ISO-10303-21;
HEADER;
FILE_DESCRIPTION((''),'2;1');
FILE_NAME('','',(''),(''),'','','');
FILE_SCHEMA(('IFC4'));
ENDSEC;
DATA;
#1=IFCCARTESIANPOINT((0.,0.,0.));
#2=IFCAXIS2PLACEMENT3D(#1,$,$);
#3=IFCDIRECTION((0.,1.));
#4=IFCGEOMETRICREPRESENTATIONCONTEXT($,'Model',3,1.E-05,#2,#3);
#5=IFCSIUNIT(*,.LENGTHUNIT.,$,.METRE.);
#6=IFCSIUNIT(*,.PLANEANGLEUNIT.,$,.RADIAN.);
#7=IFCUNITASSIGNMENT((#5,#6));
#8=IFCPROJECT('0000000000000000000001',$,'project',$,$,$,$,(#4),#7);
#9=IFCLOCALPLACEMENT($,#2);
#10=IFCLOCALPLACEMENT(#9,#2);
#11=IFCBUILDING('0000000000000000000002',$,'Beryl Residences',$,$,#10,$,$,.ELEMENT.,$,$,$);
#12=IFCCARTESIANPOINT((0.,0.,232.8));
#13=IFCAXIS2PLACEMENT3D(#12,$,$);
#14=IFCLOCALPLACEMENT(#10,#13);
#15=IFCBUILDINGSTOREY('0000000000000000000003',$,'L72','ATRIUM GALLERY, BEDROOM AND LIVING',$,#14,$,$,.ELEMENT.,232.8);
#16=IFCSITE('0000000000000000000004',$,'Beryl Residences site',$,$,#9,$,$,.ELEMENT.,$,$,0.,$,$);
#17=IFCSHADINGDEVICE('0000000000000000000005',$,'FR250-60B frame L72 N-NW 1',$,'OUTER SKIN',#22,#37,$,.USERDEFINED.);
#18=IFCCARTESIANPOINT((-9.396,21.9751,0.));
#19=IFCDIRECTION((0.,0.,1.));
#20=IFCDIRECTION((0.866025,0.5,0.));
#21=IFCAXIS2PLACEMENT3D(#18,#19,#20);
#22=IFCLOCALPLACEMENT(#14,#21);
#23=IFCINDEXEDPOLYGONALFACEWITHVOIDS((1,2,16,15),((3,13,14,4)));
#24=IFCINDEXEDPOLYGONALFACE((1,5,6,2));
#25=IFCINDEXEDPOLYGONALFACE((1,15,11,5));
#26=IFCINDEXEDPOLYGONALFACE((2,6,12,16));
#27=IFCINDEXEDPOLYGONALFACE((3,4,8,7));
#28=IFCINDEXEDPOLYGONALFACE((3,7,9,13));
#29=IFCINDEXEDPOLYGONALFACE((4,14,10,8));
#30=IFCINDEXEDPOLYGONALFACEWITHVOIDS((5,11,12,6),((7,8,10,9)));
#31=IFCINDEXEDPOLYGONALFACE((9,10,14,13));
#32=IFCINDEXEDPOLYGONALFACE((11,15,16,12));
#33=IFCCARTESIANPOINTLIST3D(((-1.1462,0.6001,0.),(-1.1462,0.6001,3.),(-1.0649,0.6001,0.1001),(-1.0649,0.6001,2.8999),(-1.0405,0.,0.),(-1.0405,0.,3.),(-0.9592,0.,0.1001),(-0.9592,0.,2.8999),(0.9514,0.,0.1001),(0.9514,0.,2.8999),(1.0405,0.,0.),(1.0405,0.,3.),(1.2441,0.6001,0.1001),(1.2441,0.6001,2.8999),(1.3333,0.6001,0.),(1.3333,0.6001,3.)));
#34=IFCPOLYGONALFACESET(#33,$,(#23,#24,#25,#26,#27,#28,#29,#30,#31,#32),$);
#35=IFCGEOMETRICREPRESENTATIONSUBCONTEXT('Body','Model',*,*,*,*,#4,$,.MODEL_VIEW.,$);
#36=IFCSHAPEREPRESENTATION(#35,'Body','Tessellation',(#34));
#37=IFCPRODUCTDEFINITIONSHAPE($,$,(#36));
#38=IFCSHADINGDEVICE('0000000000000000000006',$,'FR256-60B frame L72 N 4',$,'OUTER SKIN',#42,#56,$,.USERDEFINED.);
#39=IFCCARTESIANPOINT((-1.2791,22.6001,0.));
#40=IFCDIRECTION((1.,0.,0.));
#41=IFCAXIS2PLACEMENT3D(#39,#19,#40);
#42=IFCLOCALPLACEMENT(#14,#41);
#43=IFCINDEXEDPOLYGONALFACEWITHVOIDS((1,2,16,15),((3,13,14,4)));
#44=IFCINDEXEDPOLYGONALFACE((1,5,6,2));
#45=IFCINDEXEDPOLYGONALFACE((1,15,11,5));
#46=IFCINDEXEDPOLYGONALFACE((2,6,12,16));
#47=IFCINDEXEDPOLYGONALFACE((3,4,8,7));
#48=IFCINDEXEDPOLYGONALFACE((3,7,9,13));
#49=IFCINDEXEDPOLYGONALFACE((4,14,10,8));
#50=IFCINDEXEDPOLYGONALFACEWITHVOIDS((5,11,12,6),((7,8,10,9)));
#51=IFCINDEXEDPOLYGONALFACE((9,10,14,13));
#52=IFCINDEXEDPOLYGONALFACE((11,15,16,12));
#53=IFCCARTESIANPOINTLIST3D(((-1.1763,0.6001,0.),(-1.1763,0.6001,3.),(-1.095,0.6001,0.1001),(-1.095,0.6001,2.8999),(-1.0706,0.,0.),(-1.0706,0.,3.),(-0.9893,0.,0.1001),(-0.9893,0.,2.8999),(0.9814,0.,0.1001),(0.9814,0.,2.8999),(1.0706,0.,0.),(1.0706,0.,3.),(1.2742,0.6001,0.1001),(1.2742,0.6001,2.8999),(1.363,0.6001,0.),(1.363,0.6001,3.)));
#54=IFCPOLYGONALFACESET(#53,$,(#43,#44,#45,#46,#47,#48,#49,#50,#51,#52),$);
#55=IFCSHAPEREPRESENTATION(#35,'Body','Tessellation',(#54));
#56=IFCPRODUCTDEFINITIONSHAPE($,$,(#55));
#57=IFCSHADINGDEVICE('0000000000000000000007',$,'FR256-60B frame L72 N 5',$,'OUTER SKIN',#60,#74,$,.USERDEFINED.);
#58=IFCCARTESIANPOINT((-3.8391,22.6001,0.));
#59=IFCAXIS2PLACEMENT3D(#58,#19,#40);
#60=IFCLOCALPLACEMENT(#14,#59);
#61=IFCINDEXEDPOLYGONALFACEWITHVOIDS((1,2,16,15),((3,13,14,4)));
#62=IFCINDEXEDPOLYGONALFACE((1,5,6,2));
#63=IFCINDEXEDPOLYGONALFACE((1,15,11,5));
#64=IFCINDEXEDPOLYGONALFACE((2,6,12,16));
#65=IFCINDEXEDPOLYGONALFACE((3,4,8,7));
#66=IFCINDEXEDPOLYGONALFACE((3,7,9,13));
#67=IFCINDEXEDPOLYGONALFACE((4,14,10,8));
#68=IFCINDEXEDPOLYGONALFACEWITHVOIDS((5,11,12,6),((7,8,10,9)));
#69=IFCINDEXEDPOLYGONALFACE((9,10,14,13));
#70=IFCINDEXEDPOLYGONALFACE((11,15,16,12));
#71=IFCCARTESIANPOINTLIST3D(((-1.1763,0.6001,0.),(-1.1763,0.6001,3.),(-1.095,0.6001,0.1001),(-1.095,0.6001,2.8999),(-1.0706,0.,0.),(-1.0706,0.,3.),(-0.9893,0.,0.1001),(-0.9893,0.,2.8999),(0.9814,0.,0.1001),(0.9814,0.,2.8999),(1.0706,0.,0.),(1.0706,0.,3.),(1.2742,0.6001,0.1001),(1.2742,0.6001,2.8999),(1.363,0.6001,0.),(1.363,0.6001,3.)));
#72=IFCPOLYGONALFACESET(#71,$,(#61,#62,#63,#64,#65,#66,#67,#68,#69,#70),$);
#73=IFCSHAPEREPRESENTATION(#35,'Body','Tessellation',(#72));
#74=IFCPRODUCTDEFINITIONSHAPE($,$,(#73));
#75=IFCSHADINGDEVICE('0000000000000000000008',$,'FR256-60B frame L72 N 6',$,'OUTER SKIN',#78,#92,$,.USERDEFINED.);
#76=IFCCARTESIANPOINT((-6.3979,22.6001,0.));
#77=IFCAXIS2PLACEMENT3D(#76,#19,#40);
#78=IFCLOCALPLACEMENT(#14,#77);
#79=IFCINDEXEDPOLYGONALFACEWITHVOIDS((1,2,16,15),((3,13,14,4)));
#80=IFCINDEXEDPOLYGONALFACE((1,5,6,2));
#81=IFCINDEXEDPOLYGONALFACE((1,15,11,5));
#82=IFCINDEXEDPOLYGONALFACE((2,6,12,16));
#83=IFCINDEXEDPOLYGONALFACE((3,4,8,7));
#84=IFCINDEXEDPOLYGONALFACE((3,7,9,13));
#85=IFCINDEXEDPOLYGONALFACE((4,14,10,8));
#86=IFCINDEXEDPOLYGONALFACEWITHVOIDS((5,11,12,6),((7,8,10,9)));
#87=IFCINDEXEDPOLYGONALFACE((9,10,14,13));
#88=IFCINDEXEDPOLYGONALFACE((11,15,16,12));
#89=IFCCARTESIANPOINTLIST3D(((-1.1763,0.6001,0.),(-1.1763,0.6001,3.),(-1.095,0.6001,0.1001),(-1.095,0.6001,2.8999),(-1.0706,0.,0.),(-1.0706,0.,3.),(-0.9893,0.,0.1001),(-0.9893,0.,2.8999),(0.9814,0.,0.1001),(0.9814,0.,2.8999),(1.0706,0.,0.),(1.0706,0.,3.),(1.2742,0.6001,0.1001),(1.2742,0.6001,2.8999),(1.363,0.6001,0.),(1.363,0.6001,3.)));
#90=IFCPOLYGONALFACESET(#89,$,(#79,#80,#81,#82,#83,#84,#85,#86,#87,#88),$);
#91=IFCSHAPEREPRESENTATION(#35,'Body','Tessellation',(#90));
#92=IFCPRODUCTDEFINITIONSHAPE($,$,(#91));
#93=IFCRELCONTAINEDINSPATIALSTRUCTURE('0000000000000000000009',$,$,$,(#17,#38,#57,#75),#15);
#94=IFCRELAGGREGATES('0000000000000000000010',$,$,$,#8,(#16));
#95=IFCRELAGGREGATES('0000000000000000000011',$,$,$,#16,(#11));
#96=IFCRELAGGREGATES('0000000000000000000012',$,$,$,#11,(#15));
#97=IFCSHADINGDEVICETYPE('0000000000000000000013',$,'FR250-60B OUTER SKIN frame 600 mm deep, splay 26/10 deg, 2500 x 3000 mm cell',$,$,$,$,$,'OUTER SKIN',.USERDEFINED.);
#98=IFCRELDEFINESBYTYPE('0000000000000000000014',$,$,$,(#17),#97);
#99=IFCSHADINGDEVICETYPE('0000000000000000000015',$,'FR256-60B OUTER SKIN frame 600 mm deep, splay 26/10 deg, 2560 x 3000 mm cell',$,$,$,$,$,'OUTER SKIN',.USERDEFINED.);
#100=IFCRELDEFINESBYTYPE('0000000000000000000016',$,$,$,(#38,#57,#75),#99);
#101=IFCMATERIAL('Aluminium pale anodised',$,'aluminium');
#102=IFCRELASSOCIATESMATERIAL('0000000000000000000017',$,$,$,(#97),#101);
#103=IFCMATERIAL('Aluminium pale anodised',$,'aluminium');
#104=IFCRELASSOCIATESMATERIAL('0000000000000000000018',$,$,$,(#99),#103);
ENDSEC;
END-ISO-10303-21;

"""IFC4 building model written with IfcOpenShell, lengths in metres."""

from ifc_helpers import new_model, entity, si_unit, direction, frame, origin, place, context, subcontext, project, spatial, source, transform, mapped, material, type_object, type_shapes, element, save


model = new_model("IFC4")

# Units and contexts
model_context = context("Model", 3, precision=1e-05, world=origin(), true_north=direction((0.0, 1.0)))
body_context = subcontext(model_context, "Body", "Model", "MODEL_VIEW")
ifc_project = project(units=[si_unit("LENGTHUNIT", "METRE"), si_unit("PLANEANGLEUNIT", "RADIAN")], contexts=[model_context])

# Site, building, storey
site_placement = place(None, origin())
site = spatial("IfcSite", under=ifc_project, at=site_placement, Name="Beryl Residences site", CompositionType="ELEMENT", RefElevation=0.0)
building_placement = place(site_placement, origin())
building = spatial("IfcBuilding", under=site, at=building_placement, Name="Beryl Residences", CompositionType="ELEMENT")
storey_placement = place(building_placement, frame((0.0, 0.0, 232.8)))
storey = spatial("IfcBuildingStorey", under=building, at=storey_placement, Name="L72", Description="ATRIUM GALLERY, BEDROOM AND LIVING", CompositionType="ELEMENT", Elevation=232.8)

# Shading devices
ifc_material_1 = material(Name="Aluminium pale anodised", Category="aluminium")
shading_device_type_1 = type_object("IfcShadingDeviceType", Name="FR250-60B OUTER SKIN frame 600 mm deep, splay 26/10 deg, 2500 x 3000 mm cell", ElementType="OUTER SKIN", PredefinedType="USERDEFINED", material=ifc_material_1)
cartesian_point_1 = entity("IfcCartesianPoint", [-1.0405, 0.0])
cartesian_point_2 = entity("IfcCartesianPoint", [-0.9514, 0.1001])
cartesian_point_3 = entity("IfcCartesianPoint", [-1.3333, 0.0])
cartesian_point_4 = entity("IfcCartesianPoint", [-1.2441, 0.1001])
shared_shape_1 = source(origin(), body_context, "Body", "SweptSolid", [
    entity("IfcExtrudedAreaSolidTapered", entity("IfcArbitraryProfileDefWithVoids", "AREA", None, entity("IfcPolyline", [cartesian_point_1, entity("IfcCartesianPoint", [1.0405, 0.0]), entity("IfcCartesianPoint", [1.0405, 3.0]), entity("IfcCartesianPoint", [-1.0405, 3.0]), cartesian_point_1]), [entity("IfcPolyline", [cartesian_point_2, entity("IfcCartesianPoint", [0.9592, 0.1001]), entity("IfcCartesianPoint", [0.9592, 2.8999]), entity("IfcCartesianPoint", [-0.9514, 2.8999]), cartesian_point_2])]), entity("IfcAxis2Placement3D", entity("IfcCartesianPoint", [0.0, 0.0, 0.0]), entity("IfcDirection", [0.0, 1.0, 0.0]), entity("IfcDirection", [-1.0, 0.0, 0.0])), entity("IfcDirection", [0.0, 0.0, 1.0]), 0.6001, entity("IfcArbitraryProfileDefWithVoids", "AREA", None, entity("IfcPolyline", [cartesian_point_3, entity("IfcCartesianPoint", [1.1462, 0.0]), entity("IfcCartesianPoint", [1.1462, 3.0]), entity("IfcCartesianPoint", [-1.3333, 3.0]), cartesian_point_3]), [entity("IfcPolyline", [cartesian_point_4, entity("IfcCartesianPoint", [1.0649, 0.1001]), entity("IfcCartesianPoint", [1.0649, 2.8999]), entity("IfcCartesianPoint", [-1.2441, 2.8999]), cartesian_point_4])])),
])
type_shapes(shading_device_type_1, [shared_shape_1])
shading_device_placement = place(storey_placement, frame((-9.396, 21.9751, 0.0), z_axis=(0.0, 0.0, 1.0), x_axis=(0.866025, 0.5, 0.0)))
element("IfcShadingDevice", 1, at=shading_device_placement, inside=storey, type_object=shading_device_type_1, Name="FR250-60B frame L72 N-NW 1", ObjectType="OUTER SKIN", PredefinedType="USERDEFINED", context=body_context, shape_type="MappedRepresentation", body=[
    mapped(shared_shape_1, transform((0.0, 0.0, 0.0))),
])
ifc_material_2 = material(Name="Aluminium pale anodised", Category="aluminium")
shading_device_type_2 = type_object("IfcShadingDeviceType", Name="FR256-60B OUTER SKIN frame 600 mm deep, splay 26/10 deg, 2560 x 3000 mm cell", ElementType="OUTER SKIN", PredefinedType="USERDEFINED", material=ifc_material_2)
cartesian_point_5 = entity("IfcCartesianPoint", [-1.0706, 0.0])
cartesian_point_6 = entity("IfcCartesianPoint", [-0.9814, 0.1001])
cartesian_point_7 = entity("IfcCartesianPoint", [-1.363, 0.0])
cartesian_point_8 = entity("IfcCartesianPoint", [-1.2742, 0.1001])
shared_shape_2 = source(origin(), body_context, "Body", "SweptSolid", [
    entity("IfcExtrudedAreaSolidTapered", entity("IfcArbitraryProfileDefWithVoids", "AREA", None, entity("IfcPolyline", [cartesian_point_5, entity("IfcCartesianPoint", [1.0706, 0.0]), entity("IfcCartesianPoint", [1.0706, 3.0]), entity("IfcCartesianPoint", [-1.0706, 3.0]), cartesian_point_5]), [entity("IfcPolyline", [cartesian_point_6, entity("IfcCartesianPoint", [0.9893, 0.1001]), entity("IfcCartesianPoint", [0.9893, 2.8999]), entity("IfcCartesianPoint", [-0.9814, 2.8999]), cartesian_point_6])]), entity("IfcAxis2Placement3D", entity("IfcCartesianPoint", [0.0, 0.0, 0.0]), entity("IfcDirection", [0.0, 1.0, 0.0]), entity("IfcDirection", [-1.0, 0.0, 0.0])), entity("IfcDirection", [0.0, 0.0, 1.0]), 0.6001, entity("IfcArbitraryProfileDefWithVoids", "AREA", None, entity("IfcPolyline", [cartesian_point_7, entity("IfcCartesianPoint", [1.1763, 0.0]), entity("IfcCartesianPoint", [1.1763, 3.0]), entity("IfcCartesianPoint", [-1.363, 3.0]), cartesian_point_7]), [entity("IfcPolyline", [cartesian_point_8, entity("IfcCartesianPoint", [1.095, 0.1001]), entity("IfcCartesianPoint", [1.095, 2.8999]), entity("IfcCartesianPoint", [-1.2742, 2.8999]), cartesian_point_8])])),
])
type_shapes(shading_device_type_2, [shared_shape_2])
for number, where, z_axis, x_axis, name in (
    (2, (-1.2791, 22.6001, 0.0), (0.0, 0.0, 1.0), (1.0, 0.0, 0.0), "FR256-60B frame L72 N 4"),
    (3, (-3.8391, 22.6001, 0.0), (0.0, 0.0, 1.0), (1.0, 0.0, 0.0), "FR256-60B frame L72 N 5"),
    (4, (-6.3979, 22.6001, 0.0), (0.0, 0.0, 1.0), (1.0, 0.0, 0.0), "FR256-60B frame L72 N 6"),
):
    element("IfcShadingDevice", number, at=place(storey_placement, frame(where, z_axis=z_axis, x_axis=x_axis)), inside=storey, type_object=shading_device_type_2, Name=name, ObjectType="OUTER SKIN", PredefinedType="USERDEFINED", context=body_context, shape_type="MappedRepresentation", body=[
        mapped(shared_shape_2, transform((0.0, 0.0, 0.0))),
    ])

save(model, "model.ifc")
